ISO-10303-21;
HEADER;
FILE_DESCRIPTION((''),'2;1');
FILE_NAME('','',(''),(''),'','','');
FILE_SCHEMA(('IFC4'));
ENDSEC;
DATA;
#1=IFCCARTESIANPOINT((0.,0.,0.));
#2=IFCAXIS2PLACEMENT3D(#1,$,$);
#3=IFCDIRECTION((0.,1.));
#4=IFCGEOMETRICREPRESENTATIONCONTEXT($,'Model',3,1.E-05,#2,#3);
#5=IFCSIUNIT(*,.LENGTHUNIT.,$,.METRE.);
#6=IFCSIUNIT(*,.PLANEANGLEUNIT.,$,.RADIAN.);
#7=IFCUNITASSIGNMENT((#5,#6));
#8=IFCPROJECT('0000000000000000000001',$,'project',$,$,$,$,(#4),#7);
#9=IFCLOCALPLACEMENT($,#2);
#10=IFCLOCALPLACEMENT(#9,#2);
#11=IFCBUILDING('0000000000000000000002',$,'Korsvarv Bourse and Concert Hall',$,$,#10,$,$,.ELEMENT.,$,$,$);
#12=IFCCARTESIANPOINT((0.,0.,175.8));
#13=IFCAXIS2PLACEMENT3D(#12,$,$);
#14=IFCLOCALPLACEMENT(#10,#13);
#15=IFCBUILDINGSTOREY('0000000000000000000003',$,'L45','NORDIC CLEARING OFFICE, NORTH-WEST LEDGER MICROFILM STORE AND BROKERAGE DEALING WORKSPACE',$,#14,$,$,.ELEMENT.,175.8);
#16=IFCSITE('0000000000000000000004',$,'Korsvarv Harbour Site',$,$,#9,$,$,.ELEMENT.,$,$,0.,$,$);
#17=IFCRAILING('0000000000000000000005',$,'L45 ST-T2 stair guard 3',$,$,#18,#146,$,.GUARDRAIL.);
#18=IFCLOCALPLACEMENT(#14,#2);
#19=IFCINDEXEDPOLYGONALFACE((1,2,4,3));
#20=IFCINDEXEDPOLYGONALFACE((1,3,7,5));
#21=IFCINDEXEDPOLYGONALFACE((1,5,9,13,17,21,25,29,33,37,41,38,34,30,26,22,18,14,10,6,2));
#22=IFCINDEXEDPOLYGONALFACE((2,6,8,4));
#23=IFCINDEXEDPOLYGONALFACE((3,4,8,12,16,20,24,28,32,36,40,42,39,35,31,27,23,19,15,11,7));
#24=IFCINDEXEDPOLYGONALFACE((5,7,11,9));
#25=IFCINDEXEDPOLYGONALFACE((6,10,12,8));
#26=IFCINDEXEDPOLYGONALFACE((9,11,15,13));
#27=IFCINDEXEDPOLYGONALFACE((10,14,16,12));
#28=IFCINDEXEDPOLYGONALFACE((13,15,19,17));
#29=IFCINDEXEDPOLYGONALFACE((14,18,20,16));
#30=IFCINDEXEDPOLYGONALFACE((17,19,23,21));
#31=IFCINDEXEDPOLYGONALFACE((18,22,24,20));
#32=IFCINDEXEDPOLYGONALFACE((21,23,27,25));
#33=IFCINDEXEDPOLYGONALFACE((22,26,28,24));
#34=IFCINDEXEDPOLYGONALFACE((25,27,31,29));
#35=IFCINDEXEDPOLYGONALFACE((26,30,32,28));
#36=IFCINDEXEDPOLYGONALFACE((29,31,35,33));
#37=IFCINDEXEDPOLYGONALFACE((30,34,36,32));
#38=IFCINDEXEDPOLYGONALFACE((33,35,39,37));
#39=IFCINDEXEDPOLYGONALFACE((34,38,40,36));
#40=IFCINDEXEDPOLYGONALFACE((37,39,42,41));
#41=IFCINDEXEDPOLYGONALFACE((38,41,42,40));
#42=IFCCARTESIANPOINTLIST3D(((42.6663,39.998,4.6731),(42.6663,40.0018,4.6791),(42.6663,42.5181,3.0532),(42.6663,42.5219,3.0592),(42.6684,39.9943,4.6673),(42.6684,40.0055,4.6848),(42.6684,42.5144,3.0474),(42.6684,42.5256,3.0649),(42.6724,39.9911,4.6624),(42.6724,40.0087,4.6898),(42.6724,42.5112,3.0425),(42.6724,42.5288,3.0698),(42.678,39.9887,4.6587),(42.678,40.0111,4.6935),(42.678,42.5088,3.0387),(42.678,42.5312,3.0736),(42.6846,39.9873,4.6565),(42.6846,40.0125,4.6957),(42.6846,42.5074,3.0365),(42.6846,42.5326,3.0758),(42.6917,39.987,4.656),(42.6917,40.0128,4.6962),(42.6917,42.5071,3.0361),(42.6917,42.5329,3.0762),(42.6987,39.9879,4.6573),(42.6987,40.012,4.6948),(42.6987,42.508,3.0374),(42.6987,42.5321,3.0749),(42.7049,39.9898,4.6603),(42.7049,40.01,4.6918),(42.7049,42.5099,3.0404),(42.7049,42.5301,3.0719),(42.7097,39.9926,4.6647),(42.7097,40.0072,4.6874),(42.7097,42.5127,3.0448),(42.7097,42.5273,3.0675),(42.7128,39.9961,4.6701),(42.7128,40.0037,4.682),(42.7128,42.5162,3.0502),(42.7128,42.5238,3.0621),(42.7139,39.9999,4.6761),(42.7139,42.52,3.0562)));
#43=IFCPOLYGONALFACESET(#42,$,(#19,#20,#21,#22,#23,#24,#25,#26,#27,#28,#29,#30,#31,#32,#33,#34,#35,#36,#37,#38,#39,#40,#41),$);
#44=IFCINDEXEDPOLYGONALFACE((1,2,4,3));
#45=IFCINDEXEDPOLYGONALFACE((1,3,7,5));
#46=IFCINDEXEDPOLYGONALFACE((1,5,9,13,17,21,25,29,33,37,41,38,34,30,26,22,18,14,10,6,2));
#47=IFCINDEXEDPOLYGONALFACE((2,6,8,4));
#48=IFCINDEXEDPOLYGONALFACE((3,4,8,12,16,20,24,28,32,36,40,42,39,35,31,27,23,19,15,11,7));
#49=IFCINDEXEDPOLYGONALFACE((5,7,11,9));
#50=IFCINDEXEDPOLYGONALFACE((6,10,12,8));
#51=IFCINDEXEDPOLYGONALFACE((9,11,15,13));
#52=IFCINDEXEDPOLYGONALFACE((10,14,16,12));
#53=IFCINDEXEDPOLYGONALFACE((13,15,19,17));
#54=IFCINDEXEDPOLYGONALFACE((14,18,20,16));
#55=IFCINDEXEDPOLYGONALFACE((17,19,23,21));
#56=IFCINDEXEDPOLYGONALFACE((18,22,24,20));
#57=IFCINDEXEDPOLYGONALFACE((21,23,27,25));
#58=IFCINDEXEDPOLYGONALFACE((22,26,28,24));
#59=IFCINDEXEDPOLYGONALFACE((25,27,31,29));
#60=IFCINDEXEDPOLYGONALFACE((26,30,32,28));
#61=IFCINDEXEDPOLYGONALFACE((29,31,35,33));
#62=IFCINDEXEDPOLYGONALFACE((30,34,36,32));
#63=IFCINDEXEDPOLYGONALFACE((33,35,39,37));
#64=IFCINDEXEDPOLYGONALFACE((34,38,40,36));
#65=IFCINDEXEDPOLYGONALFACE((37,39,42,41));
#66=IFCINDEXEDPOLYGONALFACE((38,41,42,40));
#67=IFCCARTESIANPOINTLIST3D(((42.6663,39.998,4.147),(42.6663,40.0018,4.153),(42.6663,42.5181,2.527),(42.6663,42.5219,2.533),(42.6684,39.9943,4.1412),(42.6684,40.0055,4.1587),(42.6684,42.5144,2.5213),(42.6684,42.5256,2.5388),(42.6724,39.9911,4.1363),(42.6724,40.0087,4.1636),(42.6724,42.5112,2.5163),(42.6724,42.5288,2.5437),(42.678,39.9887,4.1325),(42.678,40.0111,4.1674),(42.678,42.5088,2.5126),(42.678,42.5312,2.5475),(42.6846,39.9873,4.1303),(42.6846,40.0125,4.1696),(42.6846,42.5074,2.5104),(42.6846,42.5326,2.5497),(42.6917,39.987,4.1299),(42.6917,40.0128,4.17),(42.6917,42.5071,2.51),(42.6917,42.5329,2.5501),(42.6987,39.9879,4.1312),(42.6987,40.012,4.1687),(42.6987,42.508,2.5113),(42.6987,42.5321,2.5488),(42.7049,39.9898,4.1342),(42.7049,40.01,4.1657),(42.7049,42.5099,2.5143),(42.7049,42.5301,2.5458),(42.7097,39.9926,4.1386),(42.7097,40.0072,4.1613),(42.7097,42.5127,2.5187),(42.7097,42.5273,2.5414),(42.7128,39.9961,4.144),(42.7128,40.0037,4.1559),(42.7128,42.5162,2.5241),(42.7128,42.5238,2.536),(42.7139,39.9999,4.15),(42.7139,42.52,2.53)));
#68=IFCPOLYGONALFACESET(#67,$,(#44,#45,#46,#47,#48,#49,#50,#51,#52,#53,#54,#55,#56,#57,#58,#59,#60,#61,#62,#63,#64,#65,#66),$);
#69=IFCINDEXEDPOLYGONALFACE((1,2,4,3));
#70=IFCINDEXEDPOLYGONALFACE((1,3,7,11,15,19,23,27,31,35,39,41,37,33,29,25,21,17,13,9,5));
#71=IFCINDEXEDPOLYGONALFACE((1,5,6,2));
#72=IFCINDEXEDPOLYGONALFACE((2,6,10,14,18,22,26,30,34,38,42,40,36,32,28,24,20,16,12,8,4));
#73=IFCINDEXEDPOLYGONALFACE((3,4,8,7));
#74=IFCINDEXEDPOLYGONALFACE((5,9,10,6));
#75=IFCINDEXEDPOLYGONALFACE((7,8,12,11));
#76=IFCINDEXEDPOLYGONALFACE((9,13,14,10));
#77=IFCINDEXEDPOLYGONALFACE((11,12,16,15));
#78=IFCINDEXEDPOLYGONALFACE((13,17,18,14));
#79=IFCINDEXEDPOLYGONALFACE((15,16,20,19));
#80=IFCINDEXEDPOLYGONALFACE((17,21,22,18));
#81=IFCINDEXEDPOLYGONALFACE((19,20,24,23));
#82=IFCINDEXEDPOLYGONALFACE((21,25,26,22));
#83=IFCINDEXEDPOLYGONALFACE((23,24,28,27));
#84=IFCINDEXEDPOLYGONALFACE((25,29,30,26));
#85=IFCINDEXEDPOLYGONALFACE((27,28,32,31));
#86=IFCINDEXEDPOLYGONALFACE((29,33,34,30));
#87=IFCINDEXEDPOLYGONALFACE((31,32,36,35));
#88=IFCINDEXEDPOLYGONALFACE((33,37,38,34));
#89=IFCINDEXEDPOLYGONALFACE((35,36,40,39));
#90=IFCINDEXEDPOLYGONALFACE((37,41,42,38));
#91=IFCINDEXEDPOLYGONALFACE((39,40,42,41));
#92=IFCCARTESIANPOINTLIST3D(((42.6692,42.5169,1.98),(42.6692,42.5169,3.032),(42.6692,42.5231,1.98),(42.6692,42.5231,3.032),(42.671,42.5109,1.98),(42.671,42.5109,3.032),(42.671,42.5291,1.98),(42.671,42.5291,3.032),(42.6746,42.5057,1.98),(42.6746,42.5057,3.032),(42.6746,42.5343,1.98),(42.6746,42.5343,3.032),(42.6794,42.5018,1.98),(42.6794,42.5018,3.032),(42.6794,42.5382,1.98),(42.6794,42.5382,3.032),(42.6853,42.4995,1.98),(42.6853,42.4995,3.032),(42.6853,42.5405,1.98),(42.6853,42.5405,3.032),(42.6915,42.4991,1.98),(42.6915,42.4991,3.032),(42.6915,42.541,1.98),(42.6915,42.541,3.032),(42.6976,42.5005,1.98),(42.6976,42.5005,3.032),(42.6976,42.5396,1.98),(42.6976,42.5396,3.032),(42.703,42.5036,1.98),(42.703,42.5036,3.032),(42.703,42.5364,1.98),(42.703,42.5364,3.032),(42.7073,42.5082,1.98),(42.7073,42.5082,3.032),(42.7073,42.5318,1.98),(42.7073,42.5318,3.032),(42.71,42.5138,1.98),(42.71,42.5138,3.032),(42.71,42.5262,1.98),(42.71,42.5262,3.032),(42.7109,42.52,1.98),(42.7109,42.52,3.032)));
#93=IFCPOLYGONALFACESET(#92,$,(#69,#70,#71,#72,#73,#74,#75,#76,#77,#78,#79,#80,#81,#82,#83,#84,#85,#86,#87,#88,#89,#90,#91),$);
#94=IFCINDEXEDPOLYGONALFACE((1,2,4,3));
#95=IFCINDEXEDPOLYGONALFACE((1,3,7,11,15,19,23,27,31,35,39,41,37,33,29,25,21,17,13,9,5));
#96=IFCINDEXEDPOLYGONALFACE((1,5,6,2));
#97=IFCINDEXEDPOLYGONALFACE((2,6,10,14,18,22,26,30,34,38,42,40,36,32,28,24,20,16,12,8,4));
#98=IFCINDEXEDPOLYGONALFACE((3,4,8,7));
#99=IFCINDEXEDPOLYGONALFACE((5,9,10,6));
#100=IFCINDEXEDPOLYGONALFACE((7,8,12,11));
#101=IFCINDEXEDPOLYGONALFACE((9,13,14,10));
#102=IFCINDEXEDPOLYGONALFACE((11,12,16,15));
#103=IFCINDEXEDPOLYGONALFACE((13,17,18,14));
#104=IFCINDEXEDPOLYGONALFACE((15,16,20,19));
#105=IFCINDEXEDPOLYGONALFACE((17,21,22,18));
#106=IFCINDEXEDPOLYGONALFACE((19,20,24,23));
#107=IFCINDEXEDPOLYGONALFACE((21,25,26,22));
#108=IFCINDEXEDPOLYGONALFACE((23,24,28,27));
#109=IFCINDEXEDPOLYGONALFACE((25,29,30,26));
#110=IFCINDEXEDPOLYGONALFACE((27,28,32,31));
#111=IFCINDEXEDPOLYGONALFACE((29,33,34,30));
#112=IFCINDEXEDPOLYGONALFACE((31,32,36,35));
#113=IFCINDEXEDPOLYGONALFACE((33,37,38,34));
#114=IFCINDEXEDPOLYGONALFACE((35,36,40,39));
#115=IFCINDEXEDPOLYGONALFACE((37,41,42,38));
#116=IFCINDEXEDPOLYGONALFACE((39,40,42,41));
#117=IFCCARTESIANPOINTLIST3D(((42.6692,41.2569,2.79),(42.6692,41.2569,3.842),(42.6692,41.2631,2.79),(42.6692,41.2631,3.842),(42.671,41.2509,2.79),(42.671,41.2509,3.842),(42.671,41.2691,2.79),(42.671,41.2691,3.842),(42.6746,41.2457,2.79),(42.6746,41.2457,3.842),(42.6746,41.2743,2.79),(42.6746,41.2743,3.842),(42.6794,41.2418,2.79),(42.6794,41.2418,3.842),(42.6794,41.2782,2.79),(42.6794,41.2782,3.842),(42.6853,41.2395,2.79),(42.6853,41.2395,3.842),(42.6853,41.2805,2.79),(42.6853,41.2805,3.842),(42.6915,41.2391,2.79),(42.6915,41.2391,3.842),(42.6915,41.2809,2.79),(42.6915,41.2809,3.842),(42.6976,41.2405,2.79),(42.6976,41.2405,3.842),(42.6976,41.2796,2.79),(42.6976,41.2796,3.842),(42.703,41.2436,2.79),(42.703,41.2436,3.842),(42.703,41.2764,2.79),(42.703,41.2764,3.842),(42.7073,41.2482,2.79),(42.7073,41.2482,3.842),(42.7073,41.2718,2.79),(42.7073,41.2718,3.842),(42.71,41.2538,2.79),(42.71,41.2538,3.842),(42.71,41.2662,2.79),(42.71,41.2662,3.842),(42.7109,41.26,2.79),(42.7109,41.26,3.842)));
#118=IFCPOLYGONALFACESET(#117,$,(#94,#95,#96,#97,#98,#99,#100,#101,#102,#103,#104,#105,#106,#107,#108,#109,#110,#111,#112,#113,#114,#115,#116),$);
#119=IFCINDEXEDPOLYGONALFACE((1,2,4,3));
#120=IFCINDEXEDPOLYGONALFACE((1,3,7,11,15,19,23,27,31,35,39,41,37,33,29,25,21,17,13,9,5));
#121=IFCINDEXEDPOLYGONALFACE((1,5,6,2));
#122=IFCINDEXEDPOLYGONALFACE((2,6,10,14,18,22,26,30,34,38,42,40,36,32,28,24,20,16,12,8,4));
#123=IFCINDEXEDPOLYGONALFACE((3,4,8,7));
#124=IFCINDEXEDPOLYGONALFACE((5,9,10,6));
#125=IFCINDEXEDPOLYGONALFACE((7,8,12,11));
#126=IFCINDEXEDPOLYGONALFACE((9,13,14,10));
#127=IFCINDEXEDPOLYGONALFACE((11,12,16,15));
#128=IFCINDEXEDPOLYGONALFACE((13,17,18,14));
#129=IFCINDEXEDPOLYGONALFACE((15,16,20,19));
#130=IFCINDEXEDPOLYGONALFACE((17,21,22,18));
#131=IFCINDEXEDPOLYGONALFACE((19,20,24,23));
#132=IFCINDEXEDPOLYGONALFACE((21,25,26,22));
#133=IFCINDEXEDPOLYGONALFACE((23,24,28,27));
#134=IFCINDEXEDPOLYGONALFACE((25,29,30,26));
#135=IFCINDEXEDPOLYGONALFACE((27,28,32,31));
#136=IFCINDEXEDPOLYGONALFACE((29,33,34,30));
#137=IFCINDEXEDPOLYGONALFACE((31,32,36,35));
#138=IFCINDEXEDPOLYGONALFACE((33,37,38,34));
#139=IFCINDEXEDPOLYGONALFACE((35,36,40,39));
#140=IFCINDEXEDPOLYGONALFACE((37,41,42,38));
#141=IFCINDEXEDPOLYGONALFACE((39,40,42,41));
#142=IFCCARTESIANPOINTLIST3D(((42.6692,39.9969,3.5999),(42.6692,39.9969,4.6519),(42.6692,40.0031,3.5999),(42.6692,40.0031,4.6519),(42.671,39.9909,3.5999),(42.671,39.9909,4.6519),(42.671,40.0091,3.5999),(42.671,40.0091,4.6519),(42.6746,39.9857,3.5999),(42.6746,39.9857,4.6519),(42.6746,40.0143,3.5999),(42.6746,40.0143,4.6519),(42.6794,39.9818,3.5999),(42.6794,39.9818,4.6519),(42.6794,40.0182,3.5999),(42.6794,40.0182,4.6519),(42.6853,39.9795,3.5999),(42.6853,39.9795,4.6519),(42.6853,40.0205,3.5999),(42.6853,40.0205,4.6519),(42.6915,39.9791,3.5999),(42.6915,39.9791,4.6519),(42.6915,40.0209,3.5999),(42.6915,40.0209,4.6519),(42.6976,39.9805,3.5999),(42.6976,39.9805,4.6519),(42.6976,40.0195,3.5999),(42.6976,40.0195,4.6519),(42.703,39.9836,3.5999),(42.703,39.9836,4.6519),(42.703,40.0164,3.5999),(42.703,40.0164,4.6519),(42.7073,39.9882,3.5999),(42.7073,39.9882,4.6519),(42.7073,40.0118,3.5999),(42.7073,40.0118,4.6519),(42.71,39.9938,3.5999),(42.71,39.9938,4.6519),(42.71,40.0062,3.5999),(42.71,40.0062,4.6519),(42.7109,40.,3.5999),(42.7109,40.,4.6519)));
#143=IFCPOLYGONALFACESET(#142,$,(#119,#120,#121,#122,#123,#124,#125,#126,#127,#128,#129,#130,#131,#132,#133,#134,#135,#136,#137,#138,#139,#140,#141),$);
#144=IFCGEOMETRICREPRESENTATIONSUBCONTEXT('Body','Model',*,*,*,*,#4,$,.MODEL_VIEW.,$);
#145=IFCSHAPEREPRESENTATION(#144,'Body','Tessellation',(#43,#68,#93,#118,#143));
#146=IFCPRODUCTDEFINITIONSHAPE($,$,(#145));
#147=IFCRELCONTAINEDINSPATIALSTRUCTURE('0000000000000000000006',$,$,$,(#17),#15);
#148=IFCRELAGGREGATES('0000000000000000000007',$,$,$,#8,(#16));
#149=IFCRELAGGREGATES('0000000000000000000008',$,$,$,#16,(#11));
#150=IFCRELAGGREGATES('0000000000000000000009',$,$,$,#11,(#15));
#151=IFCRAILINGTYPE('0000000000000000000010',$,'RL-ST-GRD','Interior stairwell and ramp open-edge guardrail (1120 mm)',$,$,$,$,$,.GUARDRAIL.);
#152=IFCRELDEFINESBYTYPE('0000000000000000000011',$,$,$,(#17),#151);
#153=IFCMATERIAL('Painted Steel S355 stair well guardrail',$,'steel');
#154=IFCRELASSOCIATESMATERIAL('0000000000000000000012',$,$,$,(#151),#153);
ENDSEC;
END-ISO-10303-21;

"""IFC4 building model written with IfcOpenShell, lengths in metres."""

from ifc_helpers import new_model, si_unit, direction, frame, origin, origin_2d, place, context, subcontext, project, spatial, circle, extrude, material, type_object, element, save


model = new_model("IFC4")

# Units and contexts
model_context = context("Model", 3, precision=1e-05, world=origin(), true_north=direction((0.0, 1.0)))
body_context = subcontext(model_context, "Body", "Model", "MODEL_VIEW")
ifc_project = project(units=[si_unit("LENGTHUNIT", "METRE"), si_unit("PLANEANGLEUNIT", "RADIAN")], contexts=[model_context])

# Site, building, storey
site_placement = place(None, origin())
site = spatial("IfcSite", under=ifc_project, at=site_placement, Name="Korsvarv Harbour Site", CompositionType="ELEMENT", RefElevation=0.0)
building_placement = place(site_placement, origin())
building = spatial("IfcBuilding", under=site, at=building_placement, Name="Korsvarv Bourse and Concert Hall", CompositionType="ELEMENT")
storey_placement = place(building_placement, frame((0.0, 0.0, 175.8)))
storey = spatial("IfcBuildingStorey", under=building, at=storey_placement, Name="L45", Description="NORDIC CLEARING OFFICE, NORTH-WEST LEDGER MICROFILM STORE AND BROKERAGE DEALING WORKSPACE", CompositionType="ELEMENT", Elevation=175.8)

# Railing
ifc_material_1 = material(Name="Painted Steel S355 stair well guardrail", Category="steel")
railing_type_1 = type_object("IfcRailingType", Name="RL-ST-GRD", Description="Interior stairwell and ramp open-edge guardrail (1120 mm)", PredefinedType="GUARDRAIL", material=ifc_material_1)
railing_1_placement = place(storey_placement, frame((42.6899, 42.52, 1.98)))
element("IfcRailing", 1, at=railing_1_placement, inside=storey, type_object=railing_type_1, Name="L45 ST-T2 stair guard 3", PredefinedType="GUARDRAIL", context=body_context, shape_type="SweptSolid", body=[
    extrude(circle(Radius=0.0239, at=origin_2d()), frame((0.0, 0.0, 1.0762), z_axis=(0.0, -0.8412, 0.540725), x_axis=(1.0, 0.0, 0.0)), (0.0, 0.0, 1.0), 2.9958),
    extrude(circle(Radius=0.0239, at=origin_2d()), frame((0.0, 0.0, 0.55), z_axis=(0.0, -0.8412, 0.540725), x_axis=(1.0, 0.0, 0.0)), (0.0, 0.0, 1.0), 2.9958),
    extrude(circle(Radius=0.021, at=origin_2d()), origin(), (0.0, 0.0, 1.0), 1.052),
    extrude(circle(Radius=0.021, at=origin_2d()), frame((0.0, -1.26, 0.8101)), (0.0, 0.0, 1.0), 1.052),
    extrude(circle(Radius=0.021, at=origin_2d()), frame((0.0, -2.52, 1.6199)), (0.0, 0.0, 1.0), 1.052),
])

save(model, "model.ifc")
